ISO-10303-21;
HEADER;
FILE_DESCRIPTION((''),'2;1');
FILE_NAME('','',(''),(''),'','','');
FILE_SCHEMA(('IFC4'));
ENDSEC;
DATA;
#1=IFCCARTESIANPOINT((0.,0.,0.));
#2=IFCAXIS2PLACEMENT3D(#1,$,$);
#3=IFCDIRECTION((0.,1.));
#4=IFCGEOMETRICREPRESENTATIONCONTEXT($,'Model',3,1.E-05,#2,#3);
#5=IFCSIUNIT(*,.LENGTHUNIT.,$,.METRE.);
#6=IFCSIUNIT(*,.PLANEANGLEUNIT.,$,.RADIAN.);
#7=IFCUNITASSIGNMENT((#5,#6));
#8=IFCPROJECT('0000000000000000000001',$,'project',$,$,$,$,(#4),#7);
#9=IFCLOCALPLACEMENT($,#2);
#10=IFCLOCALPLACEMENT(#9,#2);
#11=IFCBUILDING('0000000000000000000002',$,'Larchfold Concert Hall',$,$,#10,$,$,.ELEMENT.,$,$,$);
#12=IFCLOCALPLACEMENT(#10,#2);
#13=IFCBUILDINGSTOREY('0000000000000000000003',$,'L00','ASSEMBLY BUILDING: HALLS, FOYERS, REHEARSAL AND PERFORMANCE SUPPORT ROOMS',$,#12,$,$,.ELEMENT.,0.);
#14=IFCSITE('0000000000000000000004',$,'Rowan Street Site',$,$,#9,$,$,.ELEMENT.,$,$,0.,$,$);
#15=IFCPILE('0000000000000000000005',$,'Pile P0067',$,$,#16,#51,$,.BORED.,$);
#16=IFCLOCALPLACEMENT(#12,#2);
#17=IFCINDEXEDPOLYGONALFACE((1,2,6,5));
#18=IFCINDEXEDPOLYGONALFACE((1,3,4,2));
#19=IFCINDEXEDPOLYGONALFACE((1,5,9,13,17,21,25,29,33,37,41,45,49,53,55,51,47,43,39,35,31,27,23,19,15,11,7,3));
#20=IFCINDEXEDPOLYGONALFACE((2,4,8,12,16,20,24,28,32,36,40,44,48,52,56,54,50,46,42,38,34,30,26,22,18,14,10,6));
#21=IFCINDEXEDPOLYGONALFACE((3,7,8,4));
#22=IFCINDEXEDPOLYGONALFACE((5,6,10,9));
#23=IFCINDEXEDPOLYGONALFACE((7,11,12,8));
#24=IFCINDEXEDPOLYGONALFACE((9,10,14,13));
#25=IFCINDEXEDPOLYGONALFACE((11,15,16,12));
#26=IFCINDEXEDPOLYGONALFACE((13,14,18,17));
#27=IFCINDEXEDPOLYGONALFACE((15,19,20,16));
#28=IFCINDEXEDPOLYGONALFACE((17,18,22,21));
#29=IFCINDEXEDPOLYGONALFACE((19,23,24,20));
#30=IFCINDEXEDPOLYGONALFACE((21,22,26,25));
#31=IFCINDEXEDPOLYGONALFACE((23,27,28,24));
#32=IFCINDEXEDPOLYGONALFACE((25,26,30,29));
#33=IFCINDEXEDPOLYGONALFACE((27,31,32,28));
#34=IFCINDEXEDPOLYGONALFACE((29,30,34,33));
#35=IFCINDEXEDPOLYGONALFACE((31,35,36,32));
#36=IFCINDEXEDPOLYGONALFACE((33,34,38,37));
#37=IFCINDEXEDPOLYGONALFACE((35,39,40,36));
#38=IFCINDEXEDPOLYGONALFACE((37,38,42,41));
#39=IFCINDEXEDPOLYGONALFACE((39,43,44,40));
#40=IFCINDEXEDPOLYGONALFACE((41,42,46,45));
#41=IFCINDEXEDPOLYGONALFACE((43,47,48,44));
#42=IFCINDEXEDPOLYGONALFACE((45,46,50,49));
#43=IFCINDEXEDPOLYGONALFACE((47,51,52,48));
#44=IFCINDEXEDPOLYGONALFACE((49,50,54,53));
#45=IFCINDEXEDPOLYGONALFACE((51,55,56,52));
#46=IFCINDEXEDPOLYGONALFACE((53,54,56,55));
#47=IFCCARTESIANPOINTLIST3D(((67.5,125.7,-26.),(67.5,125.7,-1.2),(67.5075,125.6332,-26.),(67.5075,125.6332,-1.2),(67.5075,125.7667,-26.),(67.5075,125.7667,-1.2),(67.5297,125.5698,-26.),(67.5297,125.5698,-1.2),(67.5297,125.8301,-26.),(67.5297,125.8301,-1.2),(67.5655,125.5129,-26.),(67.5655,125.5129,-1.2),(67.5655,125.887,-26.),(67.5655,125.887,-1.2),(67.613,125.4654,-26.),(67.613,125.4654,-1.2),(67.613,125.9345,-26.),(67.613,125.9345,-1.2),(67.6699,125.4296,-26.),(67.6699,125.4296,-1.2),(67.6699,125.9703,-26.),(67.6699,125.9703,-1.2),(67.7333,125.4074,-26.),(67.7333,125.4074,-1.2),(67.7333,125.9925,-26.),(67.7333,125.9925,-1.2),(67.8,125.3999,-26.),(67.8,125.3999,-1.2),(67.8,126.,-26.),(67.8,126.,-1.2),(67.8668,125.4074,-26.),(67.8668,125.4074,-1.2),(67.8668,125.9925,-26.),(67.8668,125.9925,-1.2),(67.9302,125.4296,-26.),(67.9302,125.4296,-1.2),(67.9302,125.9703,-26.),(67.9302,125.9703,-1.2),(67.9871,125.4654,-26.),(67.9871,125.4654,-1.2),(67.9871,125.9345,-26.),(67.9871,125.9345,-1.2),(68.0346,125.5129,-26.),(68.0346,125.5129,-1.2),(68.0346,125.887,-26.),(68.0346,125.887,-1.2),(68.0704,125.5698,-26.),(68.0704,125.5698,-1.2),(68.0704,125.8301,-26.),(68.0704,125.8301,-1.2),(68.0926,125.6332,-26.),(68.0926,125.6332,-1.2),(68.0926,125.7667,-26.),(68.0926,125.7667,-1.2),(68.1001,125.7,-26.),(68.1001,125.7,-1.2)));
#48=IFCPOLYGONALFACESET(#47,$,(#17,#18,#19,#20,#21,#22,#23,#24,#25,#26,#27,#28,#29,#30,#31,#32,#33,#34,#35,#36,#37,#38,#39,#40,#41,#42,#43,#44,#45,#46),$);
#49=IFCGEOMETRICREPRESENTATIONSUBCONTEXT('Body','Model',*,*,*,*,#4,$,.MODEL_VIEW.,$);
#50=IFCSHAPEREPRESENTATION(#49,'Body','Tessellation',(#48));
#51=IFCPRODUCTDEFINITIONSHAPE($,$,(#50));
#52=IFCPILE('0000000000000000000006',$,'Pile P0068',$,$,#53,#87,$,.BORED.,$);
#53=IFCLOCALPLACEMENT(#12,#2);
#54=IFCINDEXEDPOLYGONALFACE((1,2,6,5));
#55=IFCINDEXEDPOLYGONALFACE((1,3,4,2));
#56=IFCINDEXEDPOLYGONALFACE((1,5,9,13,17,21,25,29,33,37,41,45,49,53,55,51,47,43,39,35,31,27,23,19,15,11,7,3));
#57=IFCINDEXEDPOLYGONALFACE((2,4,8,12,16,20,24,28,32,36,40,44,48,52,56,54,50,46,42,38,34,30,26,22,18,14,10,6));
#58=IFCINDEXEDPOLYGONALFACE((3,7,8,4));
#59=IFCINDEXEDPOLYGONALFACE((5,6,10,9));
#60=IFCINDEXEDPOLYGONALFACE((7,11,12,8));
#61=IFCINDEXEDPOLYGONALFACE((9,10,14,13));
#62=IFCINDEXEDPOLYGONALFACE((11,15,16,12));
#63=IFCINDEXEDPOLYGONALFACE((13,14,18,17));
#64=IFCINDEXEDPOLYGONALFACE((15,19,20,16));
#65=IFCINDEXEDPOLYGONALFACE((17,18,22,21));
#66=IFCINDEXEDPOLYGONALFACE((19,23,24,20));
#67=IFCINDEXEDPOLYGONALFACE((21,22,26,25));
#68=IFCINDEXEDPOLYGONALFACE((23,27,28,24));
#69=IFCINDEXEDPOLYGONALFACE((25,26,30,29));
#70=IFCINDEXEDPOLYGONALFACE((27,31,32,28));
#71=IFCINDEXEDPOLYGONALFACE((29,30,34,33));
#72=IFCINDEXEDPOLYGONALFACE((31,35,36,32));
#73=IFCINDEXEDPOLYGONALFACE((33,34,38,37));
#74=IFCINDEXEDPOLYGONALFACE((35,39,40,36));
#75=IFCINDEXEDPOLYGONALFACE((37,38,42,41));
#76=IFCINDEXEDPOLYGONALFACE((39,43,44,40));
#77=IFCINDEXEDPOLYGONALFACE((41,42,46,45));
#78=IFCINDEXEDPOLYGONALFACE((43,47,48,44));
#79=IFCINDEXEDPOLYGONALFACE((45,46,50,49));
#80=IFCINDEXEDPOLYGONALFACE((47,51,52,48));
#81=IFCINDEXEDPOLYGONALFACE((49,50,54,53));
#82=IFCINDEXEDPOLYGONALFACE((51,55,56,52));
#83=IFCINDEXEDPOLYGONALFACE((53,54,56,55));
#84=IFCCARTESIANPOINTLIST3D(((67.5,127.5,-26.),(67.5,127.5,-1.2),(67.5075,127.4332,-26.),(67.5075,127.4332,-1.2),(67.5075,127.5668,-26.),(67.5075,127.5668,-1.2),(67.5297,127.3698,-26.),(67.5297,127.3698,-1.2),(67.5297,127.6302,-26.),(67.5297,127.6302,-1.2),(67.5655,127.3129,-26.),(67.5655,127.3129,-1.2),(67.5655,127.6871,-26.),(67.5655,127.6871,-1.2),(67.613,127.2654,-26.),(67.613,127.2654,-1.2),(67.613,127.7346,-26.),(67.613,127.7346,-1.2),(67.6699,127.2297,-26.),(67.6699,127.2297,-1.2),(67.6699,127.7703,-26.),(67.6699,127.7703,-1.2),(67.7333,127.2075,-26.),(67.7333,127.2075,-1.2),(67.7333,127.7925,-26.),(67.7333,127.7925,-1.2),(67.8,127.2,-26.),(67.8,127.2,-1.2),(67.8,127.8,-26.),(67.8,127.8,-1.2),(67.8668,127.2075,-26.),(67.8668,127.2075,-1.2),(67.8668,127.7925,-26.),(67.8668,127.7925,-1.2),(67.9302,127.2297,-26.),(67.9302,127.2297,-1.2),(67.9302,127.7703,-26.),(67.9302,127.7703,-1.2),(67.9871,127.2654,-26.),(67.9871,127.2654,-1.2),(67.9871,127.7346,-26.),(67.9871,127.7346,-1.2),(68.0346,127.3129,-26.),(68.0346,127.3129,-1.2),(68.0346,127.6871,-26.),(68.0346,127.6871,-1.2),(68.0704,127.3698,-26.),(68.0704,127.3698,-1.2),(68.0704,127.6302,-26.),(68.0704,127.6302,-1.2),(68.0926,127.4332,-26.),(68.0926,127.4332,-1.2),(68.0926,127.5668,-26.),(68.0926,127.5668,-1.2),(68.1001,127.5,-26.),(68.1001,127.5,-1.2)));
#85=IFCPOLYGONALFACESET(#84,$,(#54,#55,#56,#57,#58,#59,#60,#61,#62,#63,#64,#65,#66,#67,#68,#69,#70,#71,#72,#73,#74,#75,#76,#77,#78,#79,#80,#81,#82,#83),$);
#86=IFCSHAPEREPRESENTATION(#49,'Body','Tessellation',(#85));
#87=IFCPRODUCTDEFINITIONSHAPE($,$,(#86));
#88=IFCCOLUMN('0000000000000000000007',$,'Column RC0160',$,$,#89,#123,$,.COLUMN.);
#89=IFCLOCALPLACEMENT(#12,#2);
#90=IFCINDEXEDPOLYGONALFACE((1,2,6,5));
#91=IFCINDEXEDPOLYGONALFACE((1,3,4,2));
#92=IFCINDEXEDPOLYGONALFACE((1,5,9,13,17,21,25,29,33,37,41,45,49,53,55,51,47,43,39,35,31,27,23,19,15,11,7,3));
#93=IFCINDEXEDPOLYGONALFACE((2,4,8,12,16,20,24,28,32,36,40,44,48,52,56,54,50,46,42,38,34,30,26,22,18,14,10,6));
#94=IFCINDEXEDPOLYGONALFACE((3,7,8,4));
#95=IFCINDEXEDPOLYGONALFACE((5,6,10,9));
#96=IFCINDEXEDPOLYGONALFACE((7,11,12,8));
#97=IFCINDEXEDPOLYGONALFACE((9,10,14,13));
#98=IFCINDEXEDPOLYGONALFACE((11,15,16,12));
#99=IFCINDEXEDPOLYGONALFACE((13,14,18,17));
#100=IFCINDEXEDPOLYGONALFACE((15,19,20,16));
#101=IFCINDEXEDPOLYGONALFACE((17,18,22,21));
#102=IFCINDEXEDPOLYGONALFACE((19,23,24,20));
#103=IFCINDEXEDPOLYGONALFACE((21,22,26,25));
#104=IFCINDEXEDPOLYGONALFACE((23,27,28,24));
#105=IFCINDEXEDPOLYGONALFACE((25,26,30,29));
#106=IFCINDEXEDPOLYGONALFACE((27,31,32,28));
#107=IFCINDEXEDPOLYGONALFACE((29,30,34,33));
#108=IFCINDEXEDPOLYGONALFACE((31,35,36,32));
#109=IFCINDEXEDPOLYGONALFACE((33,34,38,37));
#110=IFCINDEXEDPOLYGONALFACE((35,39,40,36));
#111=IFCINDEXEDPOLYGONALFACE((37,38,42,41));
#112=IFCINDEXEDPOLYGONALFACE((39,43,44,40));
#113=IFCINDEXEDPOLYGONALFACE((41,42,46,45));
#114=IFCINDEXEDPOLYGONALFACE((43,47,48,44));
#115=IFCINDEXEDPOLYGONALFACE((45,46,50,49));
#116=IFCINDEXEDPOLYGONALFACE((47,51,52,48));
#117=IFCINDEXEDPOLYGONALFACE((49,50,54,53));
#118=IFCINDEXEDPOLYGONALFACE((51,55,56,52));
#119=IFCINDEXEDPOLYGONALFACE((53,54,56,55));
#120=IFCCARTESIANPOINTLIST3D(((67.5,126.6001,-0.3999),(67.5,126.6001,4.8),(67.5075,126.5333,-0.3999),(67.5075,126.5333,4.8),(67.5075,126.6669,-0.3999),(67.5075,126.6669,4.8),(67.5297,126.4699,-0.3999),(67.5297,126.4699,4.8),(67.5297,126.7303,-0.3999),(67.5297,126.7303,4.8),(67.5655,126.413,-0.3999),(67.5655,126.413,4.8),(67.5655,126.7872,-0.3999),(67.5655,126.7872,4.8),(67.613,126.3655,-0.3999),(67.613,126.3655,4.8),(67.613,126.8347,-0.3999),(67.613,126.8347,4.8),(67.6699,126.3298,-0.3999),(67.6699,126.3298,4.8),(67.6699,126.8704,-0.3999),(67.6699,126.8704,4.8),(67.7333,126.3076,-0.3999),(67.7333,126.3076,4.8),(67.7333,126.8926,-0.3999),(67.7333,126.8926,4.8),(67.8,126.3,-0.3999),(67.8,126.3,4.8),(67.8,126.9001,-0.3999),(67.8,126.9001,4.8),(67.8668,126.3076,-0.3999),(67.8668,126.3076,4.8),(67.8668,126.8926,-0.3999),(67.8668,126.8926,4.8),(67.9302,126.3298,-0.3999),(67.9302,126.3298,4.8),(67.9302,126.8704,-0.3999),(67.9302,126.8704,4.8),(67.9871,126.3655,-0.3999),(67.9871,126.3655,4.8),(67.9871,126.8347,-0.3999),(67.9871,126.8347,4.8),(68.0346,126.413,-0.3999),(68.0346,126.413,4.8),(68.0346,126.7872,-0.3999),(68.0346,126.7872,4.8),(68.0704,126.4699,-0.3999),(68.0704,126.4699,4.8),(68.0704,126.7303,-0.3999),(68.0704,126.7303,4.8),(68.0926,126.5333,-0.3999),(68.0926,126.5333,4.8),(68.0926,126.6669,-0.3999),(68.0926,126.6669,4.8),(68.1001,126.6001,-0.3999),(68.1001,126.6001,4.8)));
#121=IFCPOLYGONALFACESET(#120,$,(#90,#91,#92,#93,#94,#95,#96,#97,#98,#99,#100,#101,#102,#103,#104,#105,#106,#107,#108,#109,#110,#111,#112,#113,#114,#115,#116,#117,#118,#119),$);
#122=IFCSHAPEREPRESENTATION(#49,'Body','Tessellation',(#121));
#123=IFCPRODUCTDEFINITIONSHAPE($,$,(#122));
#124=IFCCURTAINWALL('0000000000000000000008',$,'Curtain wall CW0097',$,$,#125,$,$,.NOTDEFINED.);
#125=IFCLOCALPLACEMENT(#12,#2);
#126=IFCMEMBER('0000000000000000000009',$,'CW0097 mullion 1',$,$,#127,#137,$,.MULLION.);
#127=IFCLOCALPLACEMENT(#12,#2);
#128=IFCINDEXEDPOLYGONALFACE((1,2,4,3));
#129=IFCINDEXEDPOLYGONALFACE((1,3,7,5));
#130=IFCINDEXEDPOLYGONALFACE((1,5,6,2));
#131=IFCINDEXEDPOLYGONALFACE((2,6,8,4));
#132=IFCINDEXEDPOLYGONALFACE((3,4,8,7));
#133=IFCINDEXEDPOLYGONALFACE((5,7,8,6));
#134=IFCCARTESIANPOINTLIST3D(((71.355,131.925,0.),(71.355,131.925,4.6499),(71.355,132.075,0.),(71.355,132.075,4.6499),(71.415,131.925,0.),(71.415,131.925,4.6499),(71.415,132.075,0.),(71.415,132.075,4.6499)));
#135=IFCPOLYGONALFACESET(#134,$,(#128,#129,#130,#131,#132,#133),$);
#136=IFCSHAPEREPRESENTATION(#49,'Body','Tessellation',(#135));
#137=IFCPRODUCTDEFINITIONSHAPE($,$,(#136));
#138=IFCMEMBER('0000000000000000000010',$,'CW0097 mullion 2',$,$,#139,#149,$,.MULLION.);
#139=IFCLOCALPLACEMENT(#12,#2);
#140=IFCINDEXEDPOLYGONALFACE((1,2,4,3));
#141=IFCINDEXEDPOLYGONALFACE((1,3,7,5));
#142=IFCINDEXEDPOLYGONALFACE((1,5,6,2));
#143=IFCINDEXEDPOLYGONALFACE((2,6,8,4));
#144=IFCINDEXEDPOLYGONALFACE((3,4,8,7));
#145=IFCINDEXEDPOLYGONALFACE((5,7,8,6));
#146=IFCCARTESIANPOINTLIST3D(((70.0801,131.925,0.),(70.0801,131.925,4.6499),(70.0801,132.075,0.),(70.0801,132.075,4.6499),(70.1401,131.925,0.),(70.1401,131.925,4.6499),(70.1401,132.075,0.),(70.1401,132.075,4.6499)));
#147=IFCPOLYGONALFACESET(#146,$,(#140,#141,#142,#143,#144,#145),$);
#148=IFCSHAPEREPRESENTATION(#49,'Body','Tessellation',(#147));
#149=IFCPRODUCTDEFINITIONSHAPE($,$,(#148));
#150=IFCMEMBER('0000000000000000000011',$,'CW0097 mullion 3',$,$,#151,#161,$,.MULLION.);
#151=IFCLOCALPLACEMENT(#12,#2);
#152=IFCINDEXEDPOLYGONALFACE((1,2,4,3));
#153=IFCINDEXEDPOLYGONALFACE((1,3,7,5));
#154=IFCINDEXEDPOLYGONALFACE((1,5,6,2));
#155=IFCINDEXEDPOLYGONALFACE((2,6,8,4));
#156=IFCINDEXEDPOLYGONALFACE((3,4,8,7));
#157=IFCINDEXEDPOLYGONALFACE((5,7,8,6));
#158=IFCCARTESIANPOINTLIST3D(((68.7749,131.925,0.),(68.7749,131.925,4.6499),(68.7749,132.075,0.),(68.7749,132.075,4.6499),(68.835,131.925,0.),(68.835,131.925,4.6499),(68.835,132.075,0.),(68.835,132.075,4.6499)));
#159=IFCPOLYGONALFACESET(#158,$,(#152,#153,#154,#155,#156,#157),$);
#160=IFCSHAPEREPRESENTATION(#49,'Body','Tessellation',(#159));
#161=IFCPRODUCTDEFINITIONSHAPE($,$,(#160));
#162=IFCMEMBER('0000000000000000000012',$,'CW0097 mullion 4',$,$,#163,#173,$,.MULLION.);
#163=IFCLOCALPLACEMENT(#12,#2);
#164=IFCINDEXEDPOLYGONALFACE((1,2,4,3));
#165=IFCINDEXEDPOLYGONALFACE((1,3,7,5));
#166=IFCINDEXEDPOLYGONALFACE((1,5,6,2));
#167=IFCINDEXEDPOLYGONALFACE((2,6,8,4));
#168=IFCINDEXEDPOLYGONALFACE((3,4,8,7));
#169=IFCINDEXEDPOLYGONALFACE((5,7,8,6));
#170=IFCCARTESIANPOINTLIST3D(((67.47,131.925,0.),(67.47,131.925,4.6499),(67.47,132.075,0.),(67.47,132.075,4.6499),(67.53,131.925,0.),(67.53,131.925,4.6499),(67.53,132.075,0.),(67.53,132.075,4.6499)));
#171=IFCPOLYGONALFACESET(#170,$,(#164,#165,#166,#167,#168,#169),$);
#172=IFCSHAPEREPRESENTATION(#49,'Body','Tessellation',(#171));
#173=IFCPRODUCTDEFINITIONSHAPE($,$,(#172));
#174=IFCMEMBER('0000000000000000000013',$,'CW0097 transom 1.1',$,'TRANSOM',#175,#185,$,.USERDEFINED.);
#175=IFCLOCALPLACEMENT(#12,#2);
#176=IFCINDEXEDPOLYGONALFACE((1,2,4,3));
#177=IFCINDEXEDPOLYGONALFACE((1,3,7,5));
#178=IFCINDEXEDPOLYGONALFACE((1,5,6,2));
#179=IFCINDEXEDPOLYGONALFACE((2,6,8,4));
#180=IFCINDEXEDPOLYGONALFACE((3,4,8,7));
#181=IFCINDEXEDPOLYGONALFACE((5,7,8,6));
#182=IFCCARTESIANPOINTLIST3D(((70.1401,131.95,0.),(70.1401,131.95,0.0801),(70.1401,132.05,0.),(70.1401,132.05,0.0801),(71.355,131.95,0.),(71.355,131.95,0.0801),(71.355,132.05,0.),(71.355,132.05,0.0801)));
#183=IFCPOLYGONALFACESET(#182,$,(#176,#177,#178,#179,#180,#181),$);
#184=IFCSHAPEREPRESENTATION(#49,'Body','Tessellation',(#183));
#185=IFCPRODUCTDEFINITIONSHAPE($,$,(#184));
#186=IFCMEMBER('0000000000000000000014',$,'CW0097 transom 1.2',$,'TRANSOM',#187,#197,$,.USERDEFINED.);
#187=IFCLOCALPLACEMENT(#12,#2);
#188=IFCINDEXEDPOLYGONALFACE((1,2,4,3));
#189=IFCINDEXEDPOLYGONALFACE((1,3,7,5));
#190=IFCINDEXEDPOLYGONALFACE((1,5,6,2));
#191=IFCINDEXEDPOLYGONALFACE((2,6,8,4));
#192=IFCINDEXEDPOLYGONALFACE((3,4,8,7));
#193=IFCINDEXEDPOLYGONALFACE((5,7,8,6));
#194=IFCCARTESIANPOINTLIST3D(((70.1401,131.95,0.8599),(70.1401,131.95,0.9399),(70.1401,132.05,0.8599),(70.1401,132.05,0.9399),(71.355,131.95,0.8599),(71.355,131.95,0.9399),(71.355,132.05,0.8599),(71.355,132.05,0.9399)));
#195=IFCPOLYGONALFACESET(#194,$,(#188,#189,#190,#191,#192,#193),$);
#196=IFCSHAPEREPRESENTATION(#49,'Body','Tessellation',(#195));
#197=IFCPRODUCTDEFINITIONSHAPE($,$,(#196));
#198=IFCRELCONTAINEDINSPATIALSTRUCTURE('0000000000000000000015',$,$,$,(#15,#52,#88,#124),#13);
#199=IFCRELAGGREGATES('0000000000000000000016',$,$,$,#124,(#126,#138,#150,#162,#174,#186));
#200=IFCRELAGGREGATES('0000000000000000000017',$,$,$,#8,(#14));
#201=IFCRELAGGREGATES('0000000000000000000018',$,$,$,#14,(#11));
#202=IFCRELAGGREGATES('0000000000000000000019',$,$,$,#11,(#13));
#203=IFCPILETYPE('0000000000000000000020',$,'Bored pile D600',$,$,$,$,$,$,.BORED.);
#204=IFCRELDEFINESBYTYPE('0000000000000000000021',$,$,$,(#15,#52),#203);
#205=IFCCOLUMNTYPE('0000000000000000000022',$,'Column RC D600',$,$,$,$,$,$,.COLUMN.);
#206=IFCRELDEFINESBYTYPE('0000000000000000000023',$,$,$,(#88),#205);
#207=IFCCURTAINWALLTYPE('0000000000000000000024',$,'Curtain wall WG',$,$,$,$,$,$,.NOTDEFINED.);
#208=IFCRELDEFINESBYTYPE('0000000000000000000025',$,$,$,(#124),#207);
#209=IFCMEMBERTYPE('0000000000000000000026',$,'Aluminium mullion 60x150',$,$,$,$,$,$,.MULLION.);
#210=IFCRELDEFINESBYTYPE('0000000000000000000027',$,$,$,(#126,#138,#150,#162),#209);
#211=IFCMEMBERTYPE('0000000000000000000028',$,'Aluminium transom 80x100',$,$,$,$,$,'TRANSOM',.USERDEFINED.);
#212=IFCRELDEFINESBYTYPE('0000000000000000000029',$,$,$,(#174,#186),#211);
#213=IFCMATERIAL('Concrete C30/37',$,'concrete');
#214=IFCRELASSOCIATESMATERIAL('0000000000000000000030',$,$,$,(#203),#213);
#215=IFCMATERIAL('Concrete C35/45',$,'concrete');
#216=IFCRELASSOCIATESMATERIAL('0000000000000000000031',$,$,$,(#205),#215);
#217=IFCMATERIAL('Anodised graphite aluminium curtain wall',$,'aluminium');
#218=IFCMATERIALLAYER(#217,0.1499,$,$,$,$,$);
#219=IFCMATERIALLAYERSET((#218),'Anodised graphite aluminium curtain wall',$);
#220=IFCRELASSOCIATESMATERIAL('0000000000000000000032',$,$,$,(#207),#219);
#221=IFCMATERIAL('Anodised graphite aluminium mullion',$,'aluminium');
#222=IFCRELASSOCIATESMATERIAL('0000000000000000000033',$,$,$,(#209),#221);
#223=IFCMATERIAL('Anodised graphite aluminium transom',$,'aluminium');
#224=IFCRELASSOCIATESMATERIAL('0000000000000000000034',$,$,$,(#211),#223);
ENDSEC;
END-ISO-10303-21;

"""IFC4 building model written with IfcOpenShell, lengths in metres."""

from ifc_helpers import new_model, si_unit, direction, frame, origin, origin_2d, place, context, subcontext, project, spatial, rectangle, circle, extrude, material, layer, layer_set, material_profile, profile_set, type_object, element, aggregate, save


model = new_model("IFC4")

# Units and contexts
model_context = context("Model", 3, precision=1e-05, world=origin(), true_north=direction((0.0, 1.0)))
body_context = subcontext(model_context, "Body", "Model", "MODEL_VIEW")
ifc_project = project(units=[si_unit("LENGTHUNIT", "METRE"), si_unit("PLANEANGLEUNIT", "RADIAN")], contexts=[model_context])

# Site, building, storey
site_placement = place(None, origin())
site = spatial("IfcSite", under=ifc_project, at=site_placement, Name="Rowan Street Site", CompositionType="ELEMENT", RefElevation=0.0)
building_placement = place(site_placement, origin())
building = spatial("IfcBuilding", under=site, at=building_placement, Name="Larchfold Concert Hall", CompositionType="ELEMENT")
storey_placement = place(building_placement, origin())
storey = spatial("IfcBuildingStorey", under=building, at=storey_placement, Name="L00", Description="ASSEMBLY BUILDING: HALLS, FOYERS, REHEARSAL AND PERFORMANCE SUPPORT ROOMS", CompositionType="ELEMENT", Elevation=0.0)

# Piles
ifc_material_1 = material(Name="Concrete C30/37", Category="concrete")
ifc_material_profile_1 = material_profile(ifc_material_1, circle(Radius=0.3, at=origin_2d()))
ifc_profile_set_1 = profile_set([ifc_material_profile_1], Name="Concrete C30/37")
pile_type = type_object("IfcPileType", Name="Bored pile D600", PredefinedType="BORED", material=ifc_profile_set_1)
for number, where, z_axis, x_axis, name in (
    (1, (67.8, 125.7, -1.2), (0.0, 0.0, -1.0), (1.0, 0.0, 0.0), "Pile P0067"),
    (2, (67.8, 127.5, -1.2), (0.0, 0.0, -1.0), (1.0, 0.0, 0.0), "Pile P0068"),
):
    element("IfcPile", number, at=place(storey_placement, frame(where, z_axis=z_axis, x_axis=x_axis)), inside=storey, type_object=pile_type, Name=name, PredefinedType="BORED", context=body_context, shape_type="SweptSolid", body=[
        extrude(circle(Radius=0.3, at=origin_2d()), origin(), (0.0, 0.0, 1.0), 24.8),
    ])

# Column
ifc_material_2 = material(Name="Concrete C35/45", Category="concrete")
ifc_material_profile_2 = material_profile(ifc_material_2, circle(Radius=0.3, at=origin_2d()))
ifc_profile_set_2 = profile_set([ifc_material_profile_2], Name="Concrete C35/45")
column_type = type_object("IfcColumnType", Name="Column RC D600", PredefinedType="COLUMN", material=ifc_profile_set_2)
column_placement = place(storey_placement, frame((67.8, 126.6001, -0.3999), z_axis=(0.0, 0.0, 1.0), x_axis=(1.0, 0.0, 0.0)))
element("IfcColumn", 3, at=column_placement, inside=storey, type_object=column_type, Name="Column RC0160", PredefinedType="COLUMN", context=body_context, shape_type="SweptSolid", body=[
    extrude(circle(Radius=0.3, at=origin_2d()), origin(), (0.0, 0.0, 1.0), 5.2),
])

# Curtain wall, members
ifc_material_3 = material(Name="Anodised graphite aluminium curtain wall", Category="aluminium")
ifc_layer_1 = layer(ifc_material_3, 0.1499)
ifc_layer_set_1 = layer_set([ifc_layer_1], Name="Anodised graphite aluminium curtain wall")
curtain_wall_type = type_object("IfcCurtainWallType", Name="Curtain wall WG", PredefinedType="NOTDEFINED", material=ifc_layer_set_1)
curtain_wall_1_placement = place(storey_placement, origin())
curtain_wall_1 = element("IfcCurtainWall", 4, at=curtain_wall_1_placement, inside=storey, type_object=curtain_wall_type, Name="Curtain wall CW0097", PredefinedType="NOTDEFINED")
ifc_material_4 = material(Name="Anodised graphite aluminium mullion", Category="aluminium")
ifc_material_profile_3 = material_profile(ifc_material_4, rectangle(XDim=0.1499, YDim=0.0601, at=origin_2d()))
ifc_profile_set_3 = profile_set([ifc_material_profile_3], Name="Anodised graphite aluminium mullion")
member_type_1 = type_object("IfcMemberType", Name="Aluminium mullion 60x150", PredefinedType="MULLION", material=ifc_profile_set_3)
member_1_placement = place(storey_placement, frame((71.385, 132.0, 0.0), z_axis=(0.0, 0.0, 1.0), x_axis=(0.0, -1.0, 0.0)))
member_1 = element("IfcMember", 5, at=member_1_placement, type_object=member_type_1, Name="CW0097 mullion 1", PredefinedType="MULLION", context=body_context, shape_type="SweptSolid", body=[
    extrude(rectangle(XDim=0.1499, YDim=0.0601, at=origin_2d()), origin(), (0.0, 0.0, 1.0), 4.6499),
])
member_2_placement = place(storey_placement, frame((70.1101, 132.0, 0.0), z_axis=(0.0, 0.0, 1.0), x_axis=(0.0, -1.0, 0.0)))
member_2 = element("IfcMember", 6, at=member_2_placement, type_object=member_type_1, Name="CW0097 mullion 2", PredefinedType="MULLION", context=body_context, shape_type="SweptSolid", body=[
    extrude(rectangle(XDim=0.1499, YDim=0.0601, at=origin_2d()), origin(), (0.0, 0.0, 1.0), 4.6499),
])
member_3_placement = place(storey_placement, frame((68.8049, 132.0, 0.0), z_axis=(0.0, 0.0, 1.0), x_axis=(0.0, -1.0, 0.0)))
member_3 = element("IfcMember", 7, at=member_3_placement, type_object=member_type_1, Name="CW0097 mullion 3", PredefinedType="MULLION", context=body_context, shape_type="SweptSolid", body=[
    extrude(rectangle(XDim=0.1499, YDim=0.0601, at=origin_2d()), origin(), (0.0, 0.0, 1.0), 4.6499),
])
member_4_placement = place(storey_placement, frame((67.5, 132.0, 0.0), z_axis=(0.0, 0.0, 1.0), x_axis=(0.0, -1.0, 0.0)))
member_4 = element("IfcMember", 8, at=member_4_placement, type_object=member_type_1, Name="CW0097 mullion 4", PredefinedType="MULLION", context=body_context, shape_type="SweptSolid", body=[
    extrude(rectangle(XDim=0.1499, YDim=0.0601, at=origin_2d()), origin(), (0.0, 0.0, 1.0), 4.6499),
])
ifc_material_5 = material(Name="Anodised graphite aluminium transom", Category="aluminium")
ifc_material_profile_4 = material_profile(ifc_material_5, rectangle(XDim=0.1001, YDim=0.0801, at=origin_2d()))
ifc_profile_set_4 = profile_set([ifc_material_profile_4], Name="Anodised graphite aluminium transom")
member_type_2 = type_object("IfcMemberType", Name="Aluminium transom 80x100", ElementType="TRANSOM", PredefinedType="USERDEFINED", material=ifc_profile_set_4)
member_5_placement = place(storey_placement, frame((71.355, 132.0, 0.04), z_axis=(-1.0, 0.0, 0.0), x_axis=(0.0, -1.0, 0.0)))
member_5 = element("IfcMember", 9, at=member_5_placement, type_object=member_type_2, Name="CW0097 transom 1.1", ObjectType="TRANSOM", PredefinedType="USERDEFINED", context=body_context, shape_type="SweptSolid", body=[
    extrude(rectangle(XDim=0.1001, YDim=0.0801, at=origin_2d()), origin(), (0.0, 0.0, 1.0), 1.2148),
])
member_6_placement = place(storey_placement, frame((71.355, 132.0, 0.8999), z_axis=(-1.0, 0.0, 0.0), x_axis=(0.0, -1.0, 0.0)))
member_6 = element("IfcMember", 10, at=member_6_placement, type_object=member_type_2, Name="CW0097 transom 1.2", ObjectType="TRANSOM", PredefinedType="USERDEFINED", context=body_context, shape_type="SweptSolid", body=[
    extrude(rectangle(XDim=0.1001, YDim=0.0801, at=origin_2d()), origin(), (0.0, 0.0, 1.0), 1.2148),
])

aggregate(curtain_wall_1, [member_1, member_2, member_3, member_4, member_5, member_6])

save(model, "model.ifc")
